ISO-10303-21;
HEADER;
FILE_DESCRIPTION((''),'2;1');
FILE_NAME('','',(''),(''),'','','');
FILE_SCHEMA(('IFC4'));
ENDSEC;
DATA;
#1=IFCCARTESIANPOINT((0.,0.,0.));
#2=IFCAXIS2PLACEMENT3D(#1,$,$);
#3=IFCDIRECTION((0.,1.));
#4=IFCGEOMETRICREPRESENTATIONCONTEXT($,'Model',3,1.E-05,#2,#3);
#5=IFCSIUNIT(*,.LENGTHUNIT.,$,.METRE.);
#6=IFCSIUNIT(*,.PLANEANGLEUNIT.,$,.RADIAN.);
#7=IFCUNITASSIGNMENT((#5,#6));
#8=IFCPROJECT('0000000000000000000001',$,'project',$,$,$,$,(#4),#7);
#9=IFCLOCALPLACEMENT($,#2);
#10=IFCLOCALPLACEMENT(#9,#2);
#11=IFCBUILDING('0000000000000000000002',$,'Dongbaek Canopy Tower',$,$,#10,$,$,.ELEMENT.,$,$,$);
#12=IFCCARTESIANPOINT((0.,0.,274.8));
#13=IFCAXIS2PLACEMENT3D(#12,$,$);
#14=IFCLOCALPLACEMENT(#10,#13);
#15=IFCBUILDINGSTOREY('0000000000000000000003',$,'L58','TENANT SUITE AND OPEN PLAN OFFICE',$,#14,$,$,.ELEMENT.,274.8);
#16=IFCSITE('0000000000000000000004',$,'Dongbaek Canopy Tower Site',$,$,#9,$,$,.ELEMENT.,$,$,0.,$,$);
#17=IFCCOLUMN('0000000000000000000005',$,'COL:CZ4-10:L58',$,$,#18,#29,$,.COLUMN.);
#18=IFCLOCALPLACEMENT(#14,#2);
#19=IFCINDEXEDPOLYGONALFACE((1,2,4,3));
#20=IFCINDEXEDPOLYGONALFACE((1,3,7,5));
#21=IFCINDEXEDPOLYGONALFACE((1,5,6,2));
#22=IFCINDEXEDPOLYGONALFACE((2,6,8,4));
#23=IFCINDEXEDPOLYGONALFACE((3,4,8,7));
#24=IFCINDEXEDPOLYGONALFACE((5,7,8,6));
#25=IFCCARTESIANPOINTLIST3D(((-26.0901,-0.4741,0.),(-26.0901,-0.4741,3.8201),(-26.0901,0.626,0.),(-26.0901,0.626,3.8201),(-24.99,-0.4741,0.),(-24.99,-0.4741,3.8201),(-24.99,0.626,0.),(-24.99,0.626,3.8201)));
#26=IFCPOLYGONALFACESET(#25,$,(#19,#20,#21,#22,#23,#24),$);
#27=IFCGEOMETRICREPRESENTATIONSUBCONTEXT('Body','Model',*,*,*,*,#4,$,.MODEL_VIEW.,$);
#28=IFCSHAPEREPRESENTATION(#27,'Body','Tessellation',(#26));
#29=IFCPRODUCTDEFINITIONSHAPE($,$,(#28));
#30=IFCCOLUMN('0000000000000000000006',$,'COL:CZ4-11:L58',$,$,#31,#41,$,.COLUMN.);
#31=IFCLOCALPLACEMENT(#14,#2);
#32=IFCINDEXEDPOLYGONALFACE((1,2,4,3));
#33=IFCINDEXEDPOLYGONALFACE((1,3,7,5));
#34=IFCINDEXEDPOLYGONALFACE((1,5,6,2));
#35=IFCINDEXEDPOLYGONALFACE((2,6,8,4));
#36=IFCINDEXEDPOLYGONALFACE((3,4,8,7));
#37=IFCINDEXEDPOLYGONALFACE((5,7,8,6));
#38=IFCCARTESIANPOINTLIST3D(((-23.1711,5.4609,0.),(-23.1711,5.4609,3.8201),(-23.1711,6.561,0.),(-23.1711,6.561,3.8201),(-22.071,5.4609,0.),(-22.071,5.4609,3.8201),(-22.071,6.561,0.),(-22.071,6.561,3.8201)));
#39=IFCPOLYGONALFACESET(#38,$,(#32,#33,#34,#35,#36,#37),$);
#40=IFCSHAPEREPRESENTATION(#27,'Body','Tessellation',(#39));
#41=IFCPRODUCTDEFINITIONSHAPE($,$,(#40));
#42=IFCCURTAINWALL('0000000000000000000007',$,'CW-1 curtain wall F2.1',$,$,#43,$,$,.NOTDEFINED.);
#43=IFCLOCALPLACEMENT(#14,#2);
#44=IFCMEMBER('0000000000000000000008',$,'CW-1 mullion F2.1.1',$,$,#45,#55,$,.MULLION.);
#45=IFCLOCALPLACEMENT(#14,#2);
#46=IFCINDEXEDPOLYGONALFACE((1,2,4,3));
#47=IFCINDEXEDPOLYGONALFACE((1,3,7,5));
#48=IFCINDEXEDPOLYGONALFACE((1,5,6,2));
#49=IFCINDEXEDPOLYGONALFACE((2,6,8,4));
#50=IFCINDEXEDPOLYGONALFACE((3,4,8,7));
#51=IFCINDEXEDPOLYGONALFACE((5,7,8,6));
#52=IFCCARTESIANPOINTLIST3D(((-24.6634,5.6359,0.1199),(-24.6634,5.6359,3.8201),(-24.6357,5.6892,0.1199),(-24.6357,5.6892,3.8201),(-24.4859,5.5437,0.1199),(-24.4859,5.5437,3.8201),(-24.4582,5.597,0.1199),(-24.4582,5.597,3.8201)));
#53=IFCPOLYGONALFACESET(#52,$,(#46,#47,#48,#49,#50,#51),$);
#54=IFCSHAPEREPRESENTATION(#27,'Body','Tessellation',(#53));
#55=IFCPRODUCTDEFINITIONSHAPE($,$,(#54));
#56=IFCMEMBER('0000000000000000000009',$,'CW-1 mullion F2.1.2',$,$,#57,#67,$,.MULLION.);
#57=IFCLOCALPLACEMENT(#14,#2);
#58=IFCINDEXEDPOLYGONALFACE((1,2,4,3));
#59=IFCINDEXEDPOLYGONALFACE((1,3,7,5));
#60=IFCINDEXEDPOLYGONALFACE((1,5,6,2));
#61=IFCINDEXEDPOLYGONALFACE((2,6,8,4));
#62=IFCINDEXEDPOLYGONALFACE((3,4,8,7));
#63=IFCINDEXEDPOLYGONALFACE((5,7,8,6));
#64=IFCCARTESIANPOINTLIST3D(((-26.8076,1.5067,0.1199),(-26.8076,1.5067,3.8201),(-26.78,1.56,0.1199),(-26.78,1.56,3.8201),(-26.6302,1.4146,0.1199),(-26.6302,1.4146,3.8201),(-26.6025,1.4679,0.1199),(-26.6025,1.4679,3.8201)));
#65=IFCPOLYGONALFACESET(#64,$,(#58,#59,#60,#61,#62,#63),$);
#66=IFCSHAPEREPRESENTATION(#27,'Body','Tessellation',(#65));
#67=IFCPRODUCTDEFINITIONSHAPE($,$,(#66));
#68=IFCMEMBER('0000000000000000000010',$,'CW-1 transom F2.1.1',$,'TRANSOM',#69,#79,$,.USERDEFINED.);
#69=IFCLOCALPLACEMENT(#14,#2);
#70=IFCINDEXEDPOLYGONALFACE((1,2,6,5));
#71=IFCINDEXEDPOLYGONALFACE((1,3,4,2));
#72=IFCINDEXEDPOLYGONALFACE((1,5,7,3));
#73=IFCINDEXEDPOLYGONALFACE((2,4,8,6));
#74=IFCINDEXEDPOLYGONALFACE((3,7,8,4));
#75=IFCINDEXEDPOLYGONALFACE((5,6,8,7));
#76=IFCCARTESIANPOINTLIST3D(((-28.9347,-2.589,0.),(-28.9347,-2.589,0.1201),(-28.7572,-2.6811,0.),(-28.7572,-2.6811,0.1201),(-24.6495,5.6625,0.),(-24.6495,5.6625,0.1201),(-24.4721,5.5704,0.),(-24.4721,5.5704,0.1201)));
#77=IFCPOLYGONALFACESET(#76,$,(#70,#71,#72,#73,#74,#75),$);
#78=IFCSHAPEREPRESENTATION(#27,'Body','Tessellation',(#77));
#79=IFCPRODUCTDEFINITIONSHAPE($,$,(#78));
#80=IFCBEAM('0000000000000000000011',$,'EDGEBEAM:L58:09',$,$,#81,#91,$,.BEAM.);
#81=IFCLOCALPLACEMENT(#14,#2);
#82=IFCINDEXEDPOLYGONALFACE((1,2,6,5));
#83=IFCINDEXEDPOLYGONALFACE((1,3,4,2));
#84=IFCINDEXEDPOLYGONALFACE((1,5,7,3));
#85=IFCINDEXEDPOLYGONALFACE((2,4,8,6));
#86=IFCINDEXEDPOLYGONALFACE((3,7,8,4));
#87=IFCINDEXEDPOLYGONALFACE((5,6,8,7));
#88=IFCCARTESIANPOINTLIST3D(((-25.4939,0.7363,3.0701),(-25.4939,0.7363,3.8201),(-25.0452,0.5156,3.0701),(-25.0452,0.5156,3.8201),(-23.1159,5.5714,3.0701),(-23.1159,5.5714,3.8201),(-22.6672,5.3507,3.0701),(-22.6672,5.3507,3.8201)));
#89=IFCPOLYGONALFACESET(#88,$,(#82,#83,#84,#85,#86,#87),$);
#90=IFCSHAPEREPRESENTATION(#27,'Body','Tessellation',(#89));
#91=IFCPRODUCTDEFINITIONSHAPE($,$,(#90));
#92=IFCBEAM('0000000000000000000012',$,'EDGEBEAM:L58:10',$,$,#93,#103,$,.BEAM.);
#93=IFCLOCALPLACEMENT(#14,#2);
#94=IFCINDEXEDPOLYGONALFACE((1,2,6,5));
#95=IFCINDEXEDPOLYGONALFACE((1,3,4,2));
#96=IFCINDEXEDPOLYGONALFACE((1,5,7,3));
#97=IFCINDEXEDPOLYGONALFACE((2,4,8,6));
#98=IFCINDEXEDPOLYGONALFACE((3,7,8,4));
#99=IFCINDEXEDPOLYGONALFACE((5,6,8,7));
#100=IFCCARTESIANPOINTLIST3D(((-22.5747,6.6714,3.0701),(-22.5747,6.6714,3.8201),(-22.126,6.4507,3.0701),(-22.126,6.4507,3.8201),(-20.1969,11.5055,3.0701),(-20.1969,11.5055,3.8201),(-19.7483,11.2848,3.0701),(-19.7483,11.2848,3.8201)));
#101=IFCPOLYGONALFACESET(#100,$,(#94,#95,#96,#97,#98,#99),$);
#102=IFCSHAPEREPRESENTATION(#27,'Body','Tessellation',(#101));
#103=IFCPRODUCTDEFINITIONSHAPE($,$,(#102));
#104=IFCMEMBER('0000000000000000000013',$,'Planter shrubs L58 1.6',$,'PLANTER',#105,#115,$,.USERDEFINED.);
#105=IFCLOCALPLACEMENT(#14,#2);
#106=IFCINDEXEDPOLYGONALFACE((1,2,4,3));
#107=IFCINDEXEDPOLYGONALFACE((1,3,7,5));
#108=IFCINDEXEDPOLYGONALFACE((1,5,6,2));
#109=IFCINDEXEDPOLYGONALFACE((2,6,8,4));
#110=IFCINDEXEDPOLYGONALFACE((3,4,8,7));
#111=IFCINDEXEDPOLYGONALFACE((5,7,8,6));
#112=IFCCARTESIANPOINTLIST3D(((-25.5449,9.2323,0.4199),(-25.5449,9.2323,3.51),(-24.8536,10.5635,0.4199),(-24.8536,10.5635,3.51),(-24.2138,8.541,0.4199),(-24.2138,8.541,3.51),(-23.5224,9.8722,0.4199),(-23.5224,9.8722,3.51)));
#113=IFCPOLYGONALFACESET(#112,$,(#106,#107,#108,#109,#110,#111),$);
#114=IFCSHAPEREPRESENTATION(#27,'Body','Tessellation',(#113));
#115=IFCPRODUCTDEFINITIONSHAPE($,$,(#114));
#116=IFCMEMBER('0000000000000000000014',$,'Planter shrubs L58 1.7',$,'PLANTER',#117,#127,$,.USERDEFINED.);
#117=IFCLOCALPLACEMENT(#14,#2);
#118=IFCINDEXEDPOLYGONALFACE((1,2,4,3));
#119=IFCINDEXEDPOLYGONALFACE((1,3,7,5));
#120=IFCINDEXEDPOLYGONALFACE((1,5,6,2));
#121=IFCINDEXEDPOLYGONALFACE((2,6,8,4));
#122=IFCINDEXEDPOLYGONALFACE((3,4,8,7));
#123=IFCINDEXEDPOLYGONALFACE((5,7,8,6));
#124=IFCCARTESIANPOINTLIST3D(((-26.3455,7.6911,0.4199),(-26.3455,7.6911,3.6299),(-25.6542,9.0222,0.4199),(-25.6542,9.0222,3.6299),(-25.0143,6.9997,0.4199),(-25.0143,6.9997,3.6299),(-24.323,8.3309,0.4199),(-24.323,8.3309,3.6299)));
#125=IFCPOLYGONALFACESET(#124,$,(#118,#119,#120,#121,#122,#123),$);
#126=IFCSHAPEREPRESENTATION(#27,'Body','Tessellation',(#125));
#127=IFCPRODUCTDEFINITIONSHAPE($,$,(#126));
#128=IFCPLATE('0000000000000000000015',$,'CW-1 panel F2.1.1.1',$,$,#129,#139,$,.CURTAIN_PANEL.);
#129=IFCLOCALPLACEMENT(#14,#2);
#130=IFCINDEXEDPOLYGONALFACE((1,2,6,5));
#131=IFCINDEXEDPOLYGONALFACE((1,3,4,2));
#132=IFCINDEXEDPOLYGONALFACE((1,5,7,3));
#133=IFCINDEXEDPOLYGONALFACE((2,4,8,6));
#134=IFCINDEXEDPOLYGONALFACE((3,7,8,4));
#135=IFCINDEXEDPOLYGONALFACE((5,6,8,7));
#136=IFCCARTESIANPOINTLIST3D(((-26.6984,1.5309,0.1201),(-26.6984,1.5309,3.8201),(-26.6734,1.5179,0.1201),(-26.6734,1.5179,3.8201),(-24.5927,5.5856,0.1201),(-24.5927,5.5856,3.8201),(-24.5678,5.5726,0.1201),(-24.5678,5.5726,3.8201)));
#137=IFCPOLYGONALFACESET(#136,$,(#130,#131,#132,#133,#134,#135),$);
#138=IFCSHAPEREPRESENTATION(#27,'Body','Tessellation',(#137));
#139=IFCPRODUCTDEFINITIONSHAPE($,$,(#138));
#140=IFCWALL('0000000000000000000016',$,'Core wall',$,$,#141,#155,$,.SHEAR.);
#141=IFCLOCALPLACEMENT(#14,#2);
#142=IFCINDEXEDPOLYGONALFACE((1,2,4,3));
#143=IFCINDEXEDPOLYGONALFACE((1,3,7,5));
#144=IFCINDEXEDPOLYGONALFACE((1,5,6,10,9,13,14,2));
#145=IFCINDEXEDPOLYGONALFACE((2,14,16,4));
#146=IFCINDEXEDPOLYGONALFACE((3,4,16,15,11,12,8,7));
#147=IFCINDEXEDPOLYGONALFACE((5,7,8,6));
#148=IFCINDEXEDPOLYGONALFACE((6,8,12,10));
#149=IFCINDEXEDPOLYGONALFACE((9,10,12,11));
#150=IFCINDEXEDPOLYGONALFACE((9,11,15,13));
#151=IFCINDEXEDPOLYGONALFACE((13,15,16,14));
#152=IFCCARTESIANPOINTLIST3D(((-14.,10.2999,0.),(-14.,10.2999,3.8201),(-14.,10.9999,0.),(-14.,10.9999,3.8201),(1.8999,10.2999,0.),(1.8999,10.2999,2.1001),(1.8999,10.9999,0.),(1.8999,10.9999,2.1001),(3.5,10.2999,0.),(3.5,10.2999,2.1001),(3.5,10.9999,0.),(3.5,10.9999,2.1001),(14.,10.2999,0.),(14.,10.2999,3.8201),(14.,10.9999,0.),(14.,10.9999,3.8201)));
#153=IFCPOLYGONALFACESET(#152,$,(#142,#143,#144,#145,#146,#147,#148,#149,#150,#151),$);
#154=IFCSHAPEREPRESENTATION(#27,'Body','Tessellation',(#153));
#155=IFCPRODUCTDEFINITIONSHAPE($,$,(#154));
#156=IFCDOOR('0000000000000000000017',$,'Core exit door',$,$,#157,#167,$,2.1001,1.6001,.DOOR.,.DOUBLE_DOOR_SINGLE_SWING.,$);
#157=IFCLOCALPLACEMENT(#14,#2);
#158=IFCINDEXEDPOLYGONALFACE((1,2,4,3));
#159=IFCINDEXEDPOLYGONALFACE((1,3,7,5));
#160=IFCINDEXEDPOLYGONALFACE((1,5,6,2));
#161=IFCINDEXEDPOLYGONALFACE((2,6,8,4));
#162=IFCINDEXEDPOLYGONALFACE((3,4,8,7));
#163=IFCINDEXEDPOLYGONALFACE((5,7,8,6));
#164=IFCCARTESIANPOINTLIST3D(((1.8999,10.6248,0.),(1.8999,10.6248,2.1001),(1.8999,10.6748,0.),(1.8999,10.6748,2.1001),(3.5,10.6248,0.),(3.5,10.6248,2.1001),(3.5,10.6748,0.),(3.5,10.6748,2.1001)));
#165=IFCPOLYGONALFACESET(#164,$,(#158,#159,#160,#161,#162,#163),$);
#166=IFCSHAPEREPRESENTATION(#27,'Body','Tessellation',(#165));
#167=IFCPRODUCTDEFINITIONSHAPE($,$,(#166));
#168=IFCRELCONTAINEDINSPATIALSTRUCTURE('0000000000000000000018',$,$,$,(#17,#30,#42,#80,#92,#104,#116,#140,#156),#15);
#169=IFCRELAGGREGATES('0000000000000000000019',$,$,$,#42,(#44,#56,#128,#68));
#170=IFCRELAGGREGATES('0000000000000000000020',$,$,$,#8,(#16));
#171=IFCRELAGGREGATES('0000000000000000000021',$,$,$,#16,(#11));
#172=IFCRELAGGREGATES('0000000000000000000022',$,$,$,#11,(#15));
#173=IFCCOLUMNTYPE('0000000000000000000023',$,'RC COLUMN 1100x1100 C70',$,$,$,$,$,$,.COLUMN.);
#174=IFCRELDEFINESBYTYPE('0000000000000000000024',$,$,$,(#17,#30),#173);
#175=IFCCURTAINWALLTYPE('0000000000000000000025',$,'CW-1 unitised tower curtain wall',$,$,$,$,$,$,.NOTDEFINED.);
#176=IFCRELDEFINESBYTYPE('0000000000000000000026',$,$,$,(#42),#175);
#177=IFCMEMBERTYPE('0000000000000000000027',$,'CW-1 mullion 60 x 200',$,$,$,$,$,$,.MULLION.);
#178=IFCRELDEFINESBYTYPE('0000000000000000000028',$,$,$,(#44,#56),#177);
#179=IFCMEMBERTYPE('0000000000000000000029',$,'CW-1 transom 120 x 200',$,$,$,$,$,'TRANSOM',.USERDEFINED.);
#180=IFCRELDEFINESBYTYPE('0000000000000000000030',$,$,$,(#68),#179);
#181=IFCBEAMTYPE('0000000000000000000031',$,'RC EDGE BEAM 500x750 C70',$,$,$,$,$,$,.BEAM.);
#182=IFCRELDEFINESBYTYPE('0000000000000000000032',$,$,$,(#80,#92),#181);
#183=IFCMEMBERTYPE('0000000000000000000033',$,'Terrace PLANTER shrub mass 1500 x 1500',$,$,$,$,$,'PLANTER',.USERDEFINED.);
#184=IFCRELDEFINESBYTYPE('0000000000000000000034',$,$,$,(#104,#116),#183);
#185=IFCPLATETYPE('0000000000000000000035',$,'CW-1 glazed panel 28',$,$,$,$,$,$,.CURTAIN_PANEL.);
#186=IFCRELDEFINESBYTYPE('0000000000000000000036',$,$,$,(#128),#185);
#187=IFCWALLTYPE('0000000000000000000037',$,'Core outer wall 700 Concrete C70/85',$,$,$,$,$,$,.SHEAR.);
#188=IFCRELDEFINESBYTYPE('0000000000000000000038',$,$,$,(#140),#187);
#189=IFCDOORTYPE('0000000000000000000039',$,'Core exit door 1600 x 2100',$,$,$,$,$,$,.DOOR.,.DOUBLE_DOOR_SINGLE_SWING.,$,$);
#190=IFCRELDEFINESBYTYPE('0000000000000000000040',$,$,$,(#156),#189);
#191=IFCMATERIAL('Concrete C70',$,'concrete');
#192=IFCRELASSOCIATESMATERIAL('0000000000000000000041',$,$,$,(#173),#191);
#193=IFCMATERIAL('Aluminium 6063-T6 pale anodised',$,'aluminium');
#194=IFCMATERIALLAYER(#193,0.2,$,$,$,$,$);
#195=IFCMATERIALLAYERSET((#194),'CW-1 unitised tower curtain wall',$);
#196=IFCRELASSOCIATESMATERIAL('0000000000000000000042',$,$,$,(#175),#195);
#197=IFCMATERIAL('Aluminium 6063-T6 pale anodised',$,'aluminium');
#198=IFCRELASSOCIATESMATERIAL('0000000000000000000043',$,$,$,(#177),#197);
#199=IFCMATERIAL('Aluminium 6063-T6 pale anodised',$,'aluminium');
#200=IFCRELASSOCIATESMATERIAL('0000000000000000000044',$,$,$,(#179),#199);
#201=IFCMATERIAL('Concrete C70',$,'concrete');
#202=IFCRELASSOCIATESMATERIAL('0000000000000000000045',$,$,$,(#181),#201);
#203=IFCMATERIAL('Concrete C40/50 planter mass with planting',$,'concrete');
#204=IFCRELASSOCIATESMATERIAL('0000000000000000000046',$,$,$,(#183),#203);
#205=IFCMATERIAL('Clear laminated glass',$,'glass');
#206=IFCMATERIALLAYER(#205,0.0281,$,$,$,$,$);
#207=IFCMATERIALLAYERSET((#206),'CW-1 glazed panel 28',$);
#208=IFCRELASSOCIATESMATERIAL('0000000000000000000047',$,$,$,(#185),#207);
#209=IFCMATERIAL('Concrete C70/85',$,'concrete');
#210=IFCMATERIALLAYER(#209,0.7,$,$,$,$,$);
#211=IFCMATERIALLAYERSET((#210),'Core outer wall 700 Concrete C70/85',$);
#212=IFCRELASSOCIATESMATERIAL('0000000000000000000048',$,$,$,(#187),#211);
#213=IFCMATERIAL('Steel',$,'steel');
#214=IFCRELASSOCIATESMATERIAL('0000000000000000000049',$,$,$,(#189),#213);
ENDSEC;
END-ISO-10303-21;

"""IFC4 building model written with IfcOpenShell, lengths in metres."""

from ifc_helpers import new_model, si_unit, direction, frame, frame_2d, origin, origin_2d, place, context, subcontext, project, spatial, rectangle, extrude, material, layer, layer_set, material_profile, profile_set, type_object, element, fill, aggregate, save


model = new_model("IFC4")

# Units and contexts
model_context = context("Model", 3, precision=1e-05, world=origin(), true_north=direction((0.0, 1.0)))
body_context = subcontext(model_context, "Body", "Model", "MODEL_VIEW")
ifc_project = project(units=[si_unit("LENGTHUNIT", "METRE"), si_unit("PLANEANGLEUNIT", "RADIAN")], contexts=[model_context])

# Site, building, storey
site_placement = place(None, origin())
site = spatial("IfcSite", under=ifc_project, at=site_placement, Name="Dongbaek Canopy Tower Site", CompositionType="ELEMENT", RefElevation=0.0)
building_placement = place(site_placement, origin())
building = spatial("IfcBuilding", under=site, at=building_placement, Name="Dongbaek Canopy Tower", CompositionType="ELEMENT")
storey_placement = place(building_placement, frame((0.0, 0.0, 274.8)))
storey = spatial("IfcBuildingStorey", under=building, at=storey_placement, Name="L58", Description="TENANT SUITE AND OPEN PLAN OFFICE", CompositionType="ELEMENT", Elevation=274.8)

# Columns
ifc_material_1 = material(Name="Concrete C70", Category="concrete")
ifc_material_profile_1 = material_profile(ifc_material_1, rectangle(XDim=1.1001, YDim=1.1001, at=origin_2d()), Name="RC COLUMN 1100x1100 C70")
ifc_profile_set_1 = profile_set([ifc_material_profile_1], Name="Concrete C70")
column_type = type_object("IfcColumnType", Name="RC COLUMN 1100x1100 C70", PredefinedType="COLUMN", material=ifc_profile_set_1)
for number, where, z_axis, x_axis, name in (
    (1, (-25.54, 0.0759, 0.0), (0.0, 0.0, 1.0), (1.0, 0.0, 0.0), "COL:CZ4-10:L58"),
    (2, (-22.6211, 6.011, 0.0), (0.0, 0.0, 1.0), (1.0, 0.0, 0.0), "COL:CZ4-11:L58"),
):
    element("IfcColumn", number, at=place(storey_placement, frame(where, z_axis=z_axis, x_axis=x_axis)), inside=storey, type_object=column_type, Name=name, PredefinedType="COLUMN", context=body_context, shape_type="SweptSolid", body=[
        extrude(rectangle(XDim=1.1001, YDim=1.1001, at=origin_2d()), origin(), (0.0, 0.0, 1.0), 3.8201),
    ])

# Curtain wall, members
ifc_material_2 = material(Name="Aluminium 6063-T6 pale anodised", Category="aluminium")
ifc_layer_1 = layer(ifc_material_2, 0.2)
ifc_layer_set_1 = layer_set([ifc_layer_1], Name="CW-1 unitised tower curtain wall")
curtain_wall_type = type_object("IfcCurtainWallType", Name="CW-1 unitised tower curtain wall", PredefinedType="NOTDEFINED", material=ifc_layer_set_1)
curtain_wall_placement = place(storey_placement, origin())
curtain_wall = element("IfcCurtainWall", 3, at=curtain_wall_placement, inside=storey, type_object=curtain_wall_type, Name="CW-1 curtain wall F2.1", PredefinedType="NOTDEFINED")
ifc_material_3 = material(Name="Aluminium 6063-T6 pale anodised", Category="aluminium")
ifc_material_profile_2 = material_profile(ifc_material_3, rectangle(XDim=0.2, YDim=0.0601, at=origin_2d()), Name="CW-1 mullion 60 x 200")
ifc_profile_set_2 = profile_set([ifc_material_profile_2], Name="Aluminium 6063-T6 pale anodised")
member_type_1 = type_object("IfcMemberType", Name="CW-1 mullion 60 x 200", PredefinedType="MULLION", material=ifc_profile_set_2)
member_1_placement = place(storey_placement, frame((-24.5608, 5.6165, 0.1199), z_axis=(0.0, 0.0, 1.0), x_axis=(-0.887462, 0.46088, 0.0)))
member_1 = element("IfcMember", 4, at=member_1_placement, type_object=member_type_1, Name="CW-1 mullion F2.1.1", PredefinedType="MULLION", context=body_context, shape_type="SweptSolid", body=[
    extrude(rectangle(XDim=0.2, YDim=0.0601, at=origin_2d()), origin(), (0.0, 0.0, 1.0), 3.7002),
])
member_2_placement = place(storey_placement, frame((-26.7051, 1.4873, 0.1199), z_axis=(0.0, 0.0, 1.0), x_axis=(-0.887462, 0.46088, 0.0)))
member_2 = element("IfcMember", 5, at=member_2_placement, type_object=member_type_1, Name="CW-1 mullion F2.1.2", PredefinedType="MULLION", context=body_context, shape_type="SweptSolid", body=[
    extrude(rectangle(XDim=0.2, YDim=0.0601, at=origin_2d()), origin(), (0.0, 0.0, 1.0), 3.7002),
])
ifc_material_4 = material(Name="Aluminium 6063-T6 pale anodised", Category="aluminium")
ifc_material_profile_3 = material_profile(ifc_material_4, rectangle(XDim=0.2, YDim=0.1201, at=origin_2d()), Name="CW-1 transom 120 x 200")
ifc_profile_set_3 = profile_set([ifc_material_profile_3], Name="Aluminium 6063-T6 pale anodised")
member_type_2 = type_object("IfcMemberType", Name="CW-1 transom 120 x 200", ElementType="TRANSOM", PredefinedType="USERDEFINED", material=ifc_profile_set_3)
member_3_placement = place(storey_placement, frame((-24.5608, 5.6165, 0.0601), z_axis=(-0.460878, -0.887463, 0.0), x_axis=(0.887463, -0.460878, 0.0)))
member_3 = element("IfcMember", 6, at=member_3_placement, type_object=member_type_2, Name="CW-1 transom F2.1.1", ObjectType="TRANSOM", PredefinedType="USERDEFINED", context=body_context, shape_type="SweptSolid", body=[
    extrude(rectangle(XDim=0.2, YDim=0.1201, at=origin_2d()), origin(), (0.0, 0.0, 1.0), 9.2979),
])

# Beams
ifc_material_5 = material(Name="Concrete C70", Category="concrete")
ifc_material_profile_4 = material_profile(ifc_material_5, rectangle(XDim=0.5, YDim=0.75, at=origin_2d()), Name="RC EDGE BEAM 500x750 C70")
ifc_profile_set_4 = profile_set([ifc_material_profile_4], Name="Concrete C70")
beam_type = type_object("IfcBeamType", Name="RC EDGE BEAM 500x750 C70", PredefinedType="BEAM", material=ifc_profile_set_4)
beam_1_placement = place(storey_placement, frame((-25.2695, 0.626, 3.4451), z_axis=(0.441332, 0.897344, 0.0), x_axis=(-0.897344, 0.441332, 0.0)))
element("IfcBeam", 7, at=beam_1_placement, inside=storey, type_object=beam_type, Name="EDGEBEAM:L58:09", PredefinedType="BEAM", context=body_context, shape_type="SweptSolid", body=[
    extrude(rectangle(XDim=0.5, YDim=0.75, at=origin_2d()), origin(), (0.0, 0.0, 1.0), 5.3882),
])
beam_2_placement = place(storey_placement, frame((-22.3503, 6.561, 3.4451), z_axis=(0.441367, 0.897327, 0.0), x_axis=(-0.897327, 0.441367, 0.0)))
element("IfcBeam", 8, at=beam_2_placement, inside=storey, type_object=beam_type, Name="EDGEBEAM:L58:10", PredefinedType="BEAM", context=body_context, shape_type="SweptSolid", body=[
    extrude(rectangle(XDim=0.5, YDim=0.75, at=origin_2d()), origin(), (0.0, 0.0, 1.0), 5.3872),
])

# Members
ifc_material_6 = material(Name="Concrete C40/50 planter mass with planting", Category="concrete")
ifc_material_profile_5 = material_profile(ifc_material_6, rectangle(XDim=1.5, YDim=1.5, at=origin_2d()), Name="Terrace PLANTER shrub mass 1500 x 1500")
ifc_profile_set_5 = profile_set([ifc_material_profile_5], Name="Concrete C40/50 planter mass with planting")
member_type_3 = type_object("IfcMemberType", Name="Terrace PLANTER shrub mass 1500 x 1500", ElementType="PLANTER", PredefinedType="USERDEFINED", material=ifc_profile_set_5)
member_4_placement = place(storey_placement, frame((-24.5337, 9.5522, 0.4199), z_axis=(0.0, 0.0, 1.0), x_axis=(-0.887462, 0.46088, 0.0)))
element("IfcMember", 9, at=member_4_placement, inside=storey, type_object=member_type_3, Name="Planter shrubs L58 1.6", ObjectType="PLANTER", PredefinedType="USERDEFINED", context=body_context, shape_type="SweptSolid", body=[
    extrude(rectangle(XDim=1.5, YDim=1.5, at=origin_2d()), origin(), (0.0, 0.0, 1.0), 3.0901),
])
member_5_placement = place(storey_placement, frame((-25.3342, 8.011, 0.4199), z_axis=(0.0, 0.0, 1.0), x_axis=(-0.887462, 0.46088, 0.0)))
element("IfcMember", 10, at=member_5_placement, inside=storey, type_object=member_type_3, Name="Planter shrubs L58 1.7", ObjectType="PLANTER", PredefinedType="USERDEFINED", context=body_context, shape_type="SweptSolid", body=[
    extrude(rectangle(XDim=1.5, YDim=1.5, at=origin_2d()), origin(), (0.0, 0.0, 1.0), 3.21),
])

# Plate
ifc_material_7 = material(Name="Clear laminated glass", Category="glass")
ifc_layer_2 = layer(ifc_material_7, 0.0281)
ifc_layer_set_2 = layer_set([ifc_layer_2], Name="CW-1 glazed panel 28")
plate_type = type_object("IfcPlateType", Name="CW-1 glazed panel 28", PredefinedType="CURTAIN_PANEL", material=ifc_layer_set_2)
plate_placement = place(storey_placement, frame((-25.6331, 3.5518, 0.1201), z_axis=(0.0, 0.0, 1.0), x_axis=(-0.46088, -0.887462, 0.0)))
plate = element("IfcPlate", 11, at=plate_placement, type_object=plate_type, Name="CW-1 panel F2.1.1.1", PredefinedType="CURTAIN_PANEL", context=body_context, shape_type="SweptSolid", body=[
    extrude(rectangle(XDim=4.5688, YDim=0.0281, at=origin_2d()), origin(), (0.0, 0.0, 1.0), 3.7),
])

# Wall, opening, door
ifc_material_8 = material(Name="Concrete C70/85", Category="concrete")
ifc_layer_3 = layer(ifc_material_8, 0.7)
ifc_layer_set_3 = layer_set([ifc_layer_3], Name="Core outer wall 700 Concrete C70/85")
wall_type_1 = type_object("IfcWallType", Name="Core outer wall 700 Concrete C70/85", PredefinedType="SHEAR", material=ifc_layer_set_3)
wall_1_placement = place(storey_placement, frame((-14.0, 10.6499, 0.0), z_axis=(0.0, 0.0, 1.0), x_axis=(1.0, 0.0, 0.0)))
wall_1 = element("IfcWall", 12, at=wall_1_placement, inside=storey, type_object=wall_type_1, Name="Core wall", PredefinedType="SHEAR", context=body_context, shape_type="SweptSolid", body=[
    extrude(rectangle(XDim=28.0, YDim=0.7, at=frame_2d((14.0, 0.0))), origin(), (0.0, 0.0, 1.0), 3.8201),
])
opening_placement = place(wall_1_placement, frame((15.8999, 0.0, 0.0)))
opening = element("IfcOpeningElement", 13, at=opening_placement, cuts=wall_1, PredefinedType="OPENING", context=body_context, shape_type="SweptSolid", body=[
    extrude(rectangle(XDim=1.6001, YDim=2.1001, at=frame_2d((0.8, 1.05))), frame((0.0, 0.3599, 0.0), z_axis=(0.0, -1.0, 0.0), x_axis=(1.0, 0.0, 0.0)), (0.0, 0.0, 1.0), 0.72),
])
ifc_material_9 = material(Name="Steel", Category="steel")
door_type = type_object("IfcDoorType", Name="Core exit door 1600 x 2100", OperationType="DOUBLE_DOOR_SINGLE_SWING", PredefinedType="DOOR", material=ifc_material_9)
door_placement = place(opening_placement, origin())
door = element("IfcDoor", 14, at=door_placement, inside=storey, type_object=door_type, Name="Core exit door", OperationType="DOUBLE_DOOR_SINGLE_SWING", OverallHeight=2.1001, OverallWidth=1.6001, PredefinedType="DOOR", context=body_context, shape_type="SweptSolid", body=[
    extrude(rectangle(XDim=1.6001, YDim=2.1001, at=frame_2d((0.8, 1.05))), frame((0.0, 0.0249, 0.0), z_axis=(0.0, -1.0, 0.0), x_axis=(1.0, 0.0, 0.0)), (0.0, 0.0, 1.0), 0.05),
])
fill(opening, door)

aggregate(curtain_wall, [member_1, member_2, plate, member_3])

save(model, "model.ifc")
